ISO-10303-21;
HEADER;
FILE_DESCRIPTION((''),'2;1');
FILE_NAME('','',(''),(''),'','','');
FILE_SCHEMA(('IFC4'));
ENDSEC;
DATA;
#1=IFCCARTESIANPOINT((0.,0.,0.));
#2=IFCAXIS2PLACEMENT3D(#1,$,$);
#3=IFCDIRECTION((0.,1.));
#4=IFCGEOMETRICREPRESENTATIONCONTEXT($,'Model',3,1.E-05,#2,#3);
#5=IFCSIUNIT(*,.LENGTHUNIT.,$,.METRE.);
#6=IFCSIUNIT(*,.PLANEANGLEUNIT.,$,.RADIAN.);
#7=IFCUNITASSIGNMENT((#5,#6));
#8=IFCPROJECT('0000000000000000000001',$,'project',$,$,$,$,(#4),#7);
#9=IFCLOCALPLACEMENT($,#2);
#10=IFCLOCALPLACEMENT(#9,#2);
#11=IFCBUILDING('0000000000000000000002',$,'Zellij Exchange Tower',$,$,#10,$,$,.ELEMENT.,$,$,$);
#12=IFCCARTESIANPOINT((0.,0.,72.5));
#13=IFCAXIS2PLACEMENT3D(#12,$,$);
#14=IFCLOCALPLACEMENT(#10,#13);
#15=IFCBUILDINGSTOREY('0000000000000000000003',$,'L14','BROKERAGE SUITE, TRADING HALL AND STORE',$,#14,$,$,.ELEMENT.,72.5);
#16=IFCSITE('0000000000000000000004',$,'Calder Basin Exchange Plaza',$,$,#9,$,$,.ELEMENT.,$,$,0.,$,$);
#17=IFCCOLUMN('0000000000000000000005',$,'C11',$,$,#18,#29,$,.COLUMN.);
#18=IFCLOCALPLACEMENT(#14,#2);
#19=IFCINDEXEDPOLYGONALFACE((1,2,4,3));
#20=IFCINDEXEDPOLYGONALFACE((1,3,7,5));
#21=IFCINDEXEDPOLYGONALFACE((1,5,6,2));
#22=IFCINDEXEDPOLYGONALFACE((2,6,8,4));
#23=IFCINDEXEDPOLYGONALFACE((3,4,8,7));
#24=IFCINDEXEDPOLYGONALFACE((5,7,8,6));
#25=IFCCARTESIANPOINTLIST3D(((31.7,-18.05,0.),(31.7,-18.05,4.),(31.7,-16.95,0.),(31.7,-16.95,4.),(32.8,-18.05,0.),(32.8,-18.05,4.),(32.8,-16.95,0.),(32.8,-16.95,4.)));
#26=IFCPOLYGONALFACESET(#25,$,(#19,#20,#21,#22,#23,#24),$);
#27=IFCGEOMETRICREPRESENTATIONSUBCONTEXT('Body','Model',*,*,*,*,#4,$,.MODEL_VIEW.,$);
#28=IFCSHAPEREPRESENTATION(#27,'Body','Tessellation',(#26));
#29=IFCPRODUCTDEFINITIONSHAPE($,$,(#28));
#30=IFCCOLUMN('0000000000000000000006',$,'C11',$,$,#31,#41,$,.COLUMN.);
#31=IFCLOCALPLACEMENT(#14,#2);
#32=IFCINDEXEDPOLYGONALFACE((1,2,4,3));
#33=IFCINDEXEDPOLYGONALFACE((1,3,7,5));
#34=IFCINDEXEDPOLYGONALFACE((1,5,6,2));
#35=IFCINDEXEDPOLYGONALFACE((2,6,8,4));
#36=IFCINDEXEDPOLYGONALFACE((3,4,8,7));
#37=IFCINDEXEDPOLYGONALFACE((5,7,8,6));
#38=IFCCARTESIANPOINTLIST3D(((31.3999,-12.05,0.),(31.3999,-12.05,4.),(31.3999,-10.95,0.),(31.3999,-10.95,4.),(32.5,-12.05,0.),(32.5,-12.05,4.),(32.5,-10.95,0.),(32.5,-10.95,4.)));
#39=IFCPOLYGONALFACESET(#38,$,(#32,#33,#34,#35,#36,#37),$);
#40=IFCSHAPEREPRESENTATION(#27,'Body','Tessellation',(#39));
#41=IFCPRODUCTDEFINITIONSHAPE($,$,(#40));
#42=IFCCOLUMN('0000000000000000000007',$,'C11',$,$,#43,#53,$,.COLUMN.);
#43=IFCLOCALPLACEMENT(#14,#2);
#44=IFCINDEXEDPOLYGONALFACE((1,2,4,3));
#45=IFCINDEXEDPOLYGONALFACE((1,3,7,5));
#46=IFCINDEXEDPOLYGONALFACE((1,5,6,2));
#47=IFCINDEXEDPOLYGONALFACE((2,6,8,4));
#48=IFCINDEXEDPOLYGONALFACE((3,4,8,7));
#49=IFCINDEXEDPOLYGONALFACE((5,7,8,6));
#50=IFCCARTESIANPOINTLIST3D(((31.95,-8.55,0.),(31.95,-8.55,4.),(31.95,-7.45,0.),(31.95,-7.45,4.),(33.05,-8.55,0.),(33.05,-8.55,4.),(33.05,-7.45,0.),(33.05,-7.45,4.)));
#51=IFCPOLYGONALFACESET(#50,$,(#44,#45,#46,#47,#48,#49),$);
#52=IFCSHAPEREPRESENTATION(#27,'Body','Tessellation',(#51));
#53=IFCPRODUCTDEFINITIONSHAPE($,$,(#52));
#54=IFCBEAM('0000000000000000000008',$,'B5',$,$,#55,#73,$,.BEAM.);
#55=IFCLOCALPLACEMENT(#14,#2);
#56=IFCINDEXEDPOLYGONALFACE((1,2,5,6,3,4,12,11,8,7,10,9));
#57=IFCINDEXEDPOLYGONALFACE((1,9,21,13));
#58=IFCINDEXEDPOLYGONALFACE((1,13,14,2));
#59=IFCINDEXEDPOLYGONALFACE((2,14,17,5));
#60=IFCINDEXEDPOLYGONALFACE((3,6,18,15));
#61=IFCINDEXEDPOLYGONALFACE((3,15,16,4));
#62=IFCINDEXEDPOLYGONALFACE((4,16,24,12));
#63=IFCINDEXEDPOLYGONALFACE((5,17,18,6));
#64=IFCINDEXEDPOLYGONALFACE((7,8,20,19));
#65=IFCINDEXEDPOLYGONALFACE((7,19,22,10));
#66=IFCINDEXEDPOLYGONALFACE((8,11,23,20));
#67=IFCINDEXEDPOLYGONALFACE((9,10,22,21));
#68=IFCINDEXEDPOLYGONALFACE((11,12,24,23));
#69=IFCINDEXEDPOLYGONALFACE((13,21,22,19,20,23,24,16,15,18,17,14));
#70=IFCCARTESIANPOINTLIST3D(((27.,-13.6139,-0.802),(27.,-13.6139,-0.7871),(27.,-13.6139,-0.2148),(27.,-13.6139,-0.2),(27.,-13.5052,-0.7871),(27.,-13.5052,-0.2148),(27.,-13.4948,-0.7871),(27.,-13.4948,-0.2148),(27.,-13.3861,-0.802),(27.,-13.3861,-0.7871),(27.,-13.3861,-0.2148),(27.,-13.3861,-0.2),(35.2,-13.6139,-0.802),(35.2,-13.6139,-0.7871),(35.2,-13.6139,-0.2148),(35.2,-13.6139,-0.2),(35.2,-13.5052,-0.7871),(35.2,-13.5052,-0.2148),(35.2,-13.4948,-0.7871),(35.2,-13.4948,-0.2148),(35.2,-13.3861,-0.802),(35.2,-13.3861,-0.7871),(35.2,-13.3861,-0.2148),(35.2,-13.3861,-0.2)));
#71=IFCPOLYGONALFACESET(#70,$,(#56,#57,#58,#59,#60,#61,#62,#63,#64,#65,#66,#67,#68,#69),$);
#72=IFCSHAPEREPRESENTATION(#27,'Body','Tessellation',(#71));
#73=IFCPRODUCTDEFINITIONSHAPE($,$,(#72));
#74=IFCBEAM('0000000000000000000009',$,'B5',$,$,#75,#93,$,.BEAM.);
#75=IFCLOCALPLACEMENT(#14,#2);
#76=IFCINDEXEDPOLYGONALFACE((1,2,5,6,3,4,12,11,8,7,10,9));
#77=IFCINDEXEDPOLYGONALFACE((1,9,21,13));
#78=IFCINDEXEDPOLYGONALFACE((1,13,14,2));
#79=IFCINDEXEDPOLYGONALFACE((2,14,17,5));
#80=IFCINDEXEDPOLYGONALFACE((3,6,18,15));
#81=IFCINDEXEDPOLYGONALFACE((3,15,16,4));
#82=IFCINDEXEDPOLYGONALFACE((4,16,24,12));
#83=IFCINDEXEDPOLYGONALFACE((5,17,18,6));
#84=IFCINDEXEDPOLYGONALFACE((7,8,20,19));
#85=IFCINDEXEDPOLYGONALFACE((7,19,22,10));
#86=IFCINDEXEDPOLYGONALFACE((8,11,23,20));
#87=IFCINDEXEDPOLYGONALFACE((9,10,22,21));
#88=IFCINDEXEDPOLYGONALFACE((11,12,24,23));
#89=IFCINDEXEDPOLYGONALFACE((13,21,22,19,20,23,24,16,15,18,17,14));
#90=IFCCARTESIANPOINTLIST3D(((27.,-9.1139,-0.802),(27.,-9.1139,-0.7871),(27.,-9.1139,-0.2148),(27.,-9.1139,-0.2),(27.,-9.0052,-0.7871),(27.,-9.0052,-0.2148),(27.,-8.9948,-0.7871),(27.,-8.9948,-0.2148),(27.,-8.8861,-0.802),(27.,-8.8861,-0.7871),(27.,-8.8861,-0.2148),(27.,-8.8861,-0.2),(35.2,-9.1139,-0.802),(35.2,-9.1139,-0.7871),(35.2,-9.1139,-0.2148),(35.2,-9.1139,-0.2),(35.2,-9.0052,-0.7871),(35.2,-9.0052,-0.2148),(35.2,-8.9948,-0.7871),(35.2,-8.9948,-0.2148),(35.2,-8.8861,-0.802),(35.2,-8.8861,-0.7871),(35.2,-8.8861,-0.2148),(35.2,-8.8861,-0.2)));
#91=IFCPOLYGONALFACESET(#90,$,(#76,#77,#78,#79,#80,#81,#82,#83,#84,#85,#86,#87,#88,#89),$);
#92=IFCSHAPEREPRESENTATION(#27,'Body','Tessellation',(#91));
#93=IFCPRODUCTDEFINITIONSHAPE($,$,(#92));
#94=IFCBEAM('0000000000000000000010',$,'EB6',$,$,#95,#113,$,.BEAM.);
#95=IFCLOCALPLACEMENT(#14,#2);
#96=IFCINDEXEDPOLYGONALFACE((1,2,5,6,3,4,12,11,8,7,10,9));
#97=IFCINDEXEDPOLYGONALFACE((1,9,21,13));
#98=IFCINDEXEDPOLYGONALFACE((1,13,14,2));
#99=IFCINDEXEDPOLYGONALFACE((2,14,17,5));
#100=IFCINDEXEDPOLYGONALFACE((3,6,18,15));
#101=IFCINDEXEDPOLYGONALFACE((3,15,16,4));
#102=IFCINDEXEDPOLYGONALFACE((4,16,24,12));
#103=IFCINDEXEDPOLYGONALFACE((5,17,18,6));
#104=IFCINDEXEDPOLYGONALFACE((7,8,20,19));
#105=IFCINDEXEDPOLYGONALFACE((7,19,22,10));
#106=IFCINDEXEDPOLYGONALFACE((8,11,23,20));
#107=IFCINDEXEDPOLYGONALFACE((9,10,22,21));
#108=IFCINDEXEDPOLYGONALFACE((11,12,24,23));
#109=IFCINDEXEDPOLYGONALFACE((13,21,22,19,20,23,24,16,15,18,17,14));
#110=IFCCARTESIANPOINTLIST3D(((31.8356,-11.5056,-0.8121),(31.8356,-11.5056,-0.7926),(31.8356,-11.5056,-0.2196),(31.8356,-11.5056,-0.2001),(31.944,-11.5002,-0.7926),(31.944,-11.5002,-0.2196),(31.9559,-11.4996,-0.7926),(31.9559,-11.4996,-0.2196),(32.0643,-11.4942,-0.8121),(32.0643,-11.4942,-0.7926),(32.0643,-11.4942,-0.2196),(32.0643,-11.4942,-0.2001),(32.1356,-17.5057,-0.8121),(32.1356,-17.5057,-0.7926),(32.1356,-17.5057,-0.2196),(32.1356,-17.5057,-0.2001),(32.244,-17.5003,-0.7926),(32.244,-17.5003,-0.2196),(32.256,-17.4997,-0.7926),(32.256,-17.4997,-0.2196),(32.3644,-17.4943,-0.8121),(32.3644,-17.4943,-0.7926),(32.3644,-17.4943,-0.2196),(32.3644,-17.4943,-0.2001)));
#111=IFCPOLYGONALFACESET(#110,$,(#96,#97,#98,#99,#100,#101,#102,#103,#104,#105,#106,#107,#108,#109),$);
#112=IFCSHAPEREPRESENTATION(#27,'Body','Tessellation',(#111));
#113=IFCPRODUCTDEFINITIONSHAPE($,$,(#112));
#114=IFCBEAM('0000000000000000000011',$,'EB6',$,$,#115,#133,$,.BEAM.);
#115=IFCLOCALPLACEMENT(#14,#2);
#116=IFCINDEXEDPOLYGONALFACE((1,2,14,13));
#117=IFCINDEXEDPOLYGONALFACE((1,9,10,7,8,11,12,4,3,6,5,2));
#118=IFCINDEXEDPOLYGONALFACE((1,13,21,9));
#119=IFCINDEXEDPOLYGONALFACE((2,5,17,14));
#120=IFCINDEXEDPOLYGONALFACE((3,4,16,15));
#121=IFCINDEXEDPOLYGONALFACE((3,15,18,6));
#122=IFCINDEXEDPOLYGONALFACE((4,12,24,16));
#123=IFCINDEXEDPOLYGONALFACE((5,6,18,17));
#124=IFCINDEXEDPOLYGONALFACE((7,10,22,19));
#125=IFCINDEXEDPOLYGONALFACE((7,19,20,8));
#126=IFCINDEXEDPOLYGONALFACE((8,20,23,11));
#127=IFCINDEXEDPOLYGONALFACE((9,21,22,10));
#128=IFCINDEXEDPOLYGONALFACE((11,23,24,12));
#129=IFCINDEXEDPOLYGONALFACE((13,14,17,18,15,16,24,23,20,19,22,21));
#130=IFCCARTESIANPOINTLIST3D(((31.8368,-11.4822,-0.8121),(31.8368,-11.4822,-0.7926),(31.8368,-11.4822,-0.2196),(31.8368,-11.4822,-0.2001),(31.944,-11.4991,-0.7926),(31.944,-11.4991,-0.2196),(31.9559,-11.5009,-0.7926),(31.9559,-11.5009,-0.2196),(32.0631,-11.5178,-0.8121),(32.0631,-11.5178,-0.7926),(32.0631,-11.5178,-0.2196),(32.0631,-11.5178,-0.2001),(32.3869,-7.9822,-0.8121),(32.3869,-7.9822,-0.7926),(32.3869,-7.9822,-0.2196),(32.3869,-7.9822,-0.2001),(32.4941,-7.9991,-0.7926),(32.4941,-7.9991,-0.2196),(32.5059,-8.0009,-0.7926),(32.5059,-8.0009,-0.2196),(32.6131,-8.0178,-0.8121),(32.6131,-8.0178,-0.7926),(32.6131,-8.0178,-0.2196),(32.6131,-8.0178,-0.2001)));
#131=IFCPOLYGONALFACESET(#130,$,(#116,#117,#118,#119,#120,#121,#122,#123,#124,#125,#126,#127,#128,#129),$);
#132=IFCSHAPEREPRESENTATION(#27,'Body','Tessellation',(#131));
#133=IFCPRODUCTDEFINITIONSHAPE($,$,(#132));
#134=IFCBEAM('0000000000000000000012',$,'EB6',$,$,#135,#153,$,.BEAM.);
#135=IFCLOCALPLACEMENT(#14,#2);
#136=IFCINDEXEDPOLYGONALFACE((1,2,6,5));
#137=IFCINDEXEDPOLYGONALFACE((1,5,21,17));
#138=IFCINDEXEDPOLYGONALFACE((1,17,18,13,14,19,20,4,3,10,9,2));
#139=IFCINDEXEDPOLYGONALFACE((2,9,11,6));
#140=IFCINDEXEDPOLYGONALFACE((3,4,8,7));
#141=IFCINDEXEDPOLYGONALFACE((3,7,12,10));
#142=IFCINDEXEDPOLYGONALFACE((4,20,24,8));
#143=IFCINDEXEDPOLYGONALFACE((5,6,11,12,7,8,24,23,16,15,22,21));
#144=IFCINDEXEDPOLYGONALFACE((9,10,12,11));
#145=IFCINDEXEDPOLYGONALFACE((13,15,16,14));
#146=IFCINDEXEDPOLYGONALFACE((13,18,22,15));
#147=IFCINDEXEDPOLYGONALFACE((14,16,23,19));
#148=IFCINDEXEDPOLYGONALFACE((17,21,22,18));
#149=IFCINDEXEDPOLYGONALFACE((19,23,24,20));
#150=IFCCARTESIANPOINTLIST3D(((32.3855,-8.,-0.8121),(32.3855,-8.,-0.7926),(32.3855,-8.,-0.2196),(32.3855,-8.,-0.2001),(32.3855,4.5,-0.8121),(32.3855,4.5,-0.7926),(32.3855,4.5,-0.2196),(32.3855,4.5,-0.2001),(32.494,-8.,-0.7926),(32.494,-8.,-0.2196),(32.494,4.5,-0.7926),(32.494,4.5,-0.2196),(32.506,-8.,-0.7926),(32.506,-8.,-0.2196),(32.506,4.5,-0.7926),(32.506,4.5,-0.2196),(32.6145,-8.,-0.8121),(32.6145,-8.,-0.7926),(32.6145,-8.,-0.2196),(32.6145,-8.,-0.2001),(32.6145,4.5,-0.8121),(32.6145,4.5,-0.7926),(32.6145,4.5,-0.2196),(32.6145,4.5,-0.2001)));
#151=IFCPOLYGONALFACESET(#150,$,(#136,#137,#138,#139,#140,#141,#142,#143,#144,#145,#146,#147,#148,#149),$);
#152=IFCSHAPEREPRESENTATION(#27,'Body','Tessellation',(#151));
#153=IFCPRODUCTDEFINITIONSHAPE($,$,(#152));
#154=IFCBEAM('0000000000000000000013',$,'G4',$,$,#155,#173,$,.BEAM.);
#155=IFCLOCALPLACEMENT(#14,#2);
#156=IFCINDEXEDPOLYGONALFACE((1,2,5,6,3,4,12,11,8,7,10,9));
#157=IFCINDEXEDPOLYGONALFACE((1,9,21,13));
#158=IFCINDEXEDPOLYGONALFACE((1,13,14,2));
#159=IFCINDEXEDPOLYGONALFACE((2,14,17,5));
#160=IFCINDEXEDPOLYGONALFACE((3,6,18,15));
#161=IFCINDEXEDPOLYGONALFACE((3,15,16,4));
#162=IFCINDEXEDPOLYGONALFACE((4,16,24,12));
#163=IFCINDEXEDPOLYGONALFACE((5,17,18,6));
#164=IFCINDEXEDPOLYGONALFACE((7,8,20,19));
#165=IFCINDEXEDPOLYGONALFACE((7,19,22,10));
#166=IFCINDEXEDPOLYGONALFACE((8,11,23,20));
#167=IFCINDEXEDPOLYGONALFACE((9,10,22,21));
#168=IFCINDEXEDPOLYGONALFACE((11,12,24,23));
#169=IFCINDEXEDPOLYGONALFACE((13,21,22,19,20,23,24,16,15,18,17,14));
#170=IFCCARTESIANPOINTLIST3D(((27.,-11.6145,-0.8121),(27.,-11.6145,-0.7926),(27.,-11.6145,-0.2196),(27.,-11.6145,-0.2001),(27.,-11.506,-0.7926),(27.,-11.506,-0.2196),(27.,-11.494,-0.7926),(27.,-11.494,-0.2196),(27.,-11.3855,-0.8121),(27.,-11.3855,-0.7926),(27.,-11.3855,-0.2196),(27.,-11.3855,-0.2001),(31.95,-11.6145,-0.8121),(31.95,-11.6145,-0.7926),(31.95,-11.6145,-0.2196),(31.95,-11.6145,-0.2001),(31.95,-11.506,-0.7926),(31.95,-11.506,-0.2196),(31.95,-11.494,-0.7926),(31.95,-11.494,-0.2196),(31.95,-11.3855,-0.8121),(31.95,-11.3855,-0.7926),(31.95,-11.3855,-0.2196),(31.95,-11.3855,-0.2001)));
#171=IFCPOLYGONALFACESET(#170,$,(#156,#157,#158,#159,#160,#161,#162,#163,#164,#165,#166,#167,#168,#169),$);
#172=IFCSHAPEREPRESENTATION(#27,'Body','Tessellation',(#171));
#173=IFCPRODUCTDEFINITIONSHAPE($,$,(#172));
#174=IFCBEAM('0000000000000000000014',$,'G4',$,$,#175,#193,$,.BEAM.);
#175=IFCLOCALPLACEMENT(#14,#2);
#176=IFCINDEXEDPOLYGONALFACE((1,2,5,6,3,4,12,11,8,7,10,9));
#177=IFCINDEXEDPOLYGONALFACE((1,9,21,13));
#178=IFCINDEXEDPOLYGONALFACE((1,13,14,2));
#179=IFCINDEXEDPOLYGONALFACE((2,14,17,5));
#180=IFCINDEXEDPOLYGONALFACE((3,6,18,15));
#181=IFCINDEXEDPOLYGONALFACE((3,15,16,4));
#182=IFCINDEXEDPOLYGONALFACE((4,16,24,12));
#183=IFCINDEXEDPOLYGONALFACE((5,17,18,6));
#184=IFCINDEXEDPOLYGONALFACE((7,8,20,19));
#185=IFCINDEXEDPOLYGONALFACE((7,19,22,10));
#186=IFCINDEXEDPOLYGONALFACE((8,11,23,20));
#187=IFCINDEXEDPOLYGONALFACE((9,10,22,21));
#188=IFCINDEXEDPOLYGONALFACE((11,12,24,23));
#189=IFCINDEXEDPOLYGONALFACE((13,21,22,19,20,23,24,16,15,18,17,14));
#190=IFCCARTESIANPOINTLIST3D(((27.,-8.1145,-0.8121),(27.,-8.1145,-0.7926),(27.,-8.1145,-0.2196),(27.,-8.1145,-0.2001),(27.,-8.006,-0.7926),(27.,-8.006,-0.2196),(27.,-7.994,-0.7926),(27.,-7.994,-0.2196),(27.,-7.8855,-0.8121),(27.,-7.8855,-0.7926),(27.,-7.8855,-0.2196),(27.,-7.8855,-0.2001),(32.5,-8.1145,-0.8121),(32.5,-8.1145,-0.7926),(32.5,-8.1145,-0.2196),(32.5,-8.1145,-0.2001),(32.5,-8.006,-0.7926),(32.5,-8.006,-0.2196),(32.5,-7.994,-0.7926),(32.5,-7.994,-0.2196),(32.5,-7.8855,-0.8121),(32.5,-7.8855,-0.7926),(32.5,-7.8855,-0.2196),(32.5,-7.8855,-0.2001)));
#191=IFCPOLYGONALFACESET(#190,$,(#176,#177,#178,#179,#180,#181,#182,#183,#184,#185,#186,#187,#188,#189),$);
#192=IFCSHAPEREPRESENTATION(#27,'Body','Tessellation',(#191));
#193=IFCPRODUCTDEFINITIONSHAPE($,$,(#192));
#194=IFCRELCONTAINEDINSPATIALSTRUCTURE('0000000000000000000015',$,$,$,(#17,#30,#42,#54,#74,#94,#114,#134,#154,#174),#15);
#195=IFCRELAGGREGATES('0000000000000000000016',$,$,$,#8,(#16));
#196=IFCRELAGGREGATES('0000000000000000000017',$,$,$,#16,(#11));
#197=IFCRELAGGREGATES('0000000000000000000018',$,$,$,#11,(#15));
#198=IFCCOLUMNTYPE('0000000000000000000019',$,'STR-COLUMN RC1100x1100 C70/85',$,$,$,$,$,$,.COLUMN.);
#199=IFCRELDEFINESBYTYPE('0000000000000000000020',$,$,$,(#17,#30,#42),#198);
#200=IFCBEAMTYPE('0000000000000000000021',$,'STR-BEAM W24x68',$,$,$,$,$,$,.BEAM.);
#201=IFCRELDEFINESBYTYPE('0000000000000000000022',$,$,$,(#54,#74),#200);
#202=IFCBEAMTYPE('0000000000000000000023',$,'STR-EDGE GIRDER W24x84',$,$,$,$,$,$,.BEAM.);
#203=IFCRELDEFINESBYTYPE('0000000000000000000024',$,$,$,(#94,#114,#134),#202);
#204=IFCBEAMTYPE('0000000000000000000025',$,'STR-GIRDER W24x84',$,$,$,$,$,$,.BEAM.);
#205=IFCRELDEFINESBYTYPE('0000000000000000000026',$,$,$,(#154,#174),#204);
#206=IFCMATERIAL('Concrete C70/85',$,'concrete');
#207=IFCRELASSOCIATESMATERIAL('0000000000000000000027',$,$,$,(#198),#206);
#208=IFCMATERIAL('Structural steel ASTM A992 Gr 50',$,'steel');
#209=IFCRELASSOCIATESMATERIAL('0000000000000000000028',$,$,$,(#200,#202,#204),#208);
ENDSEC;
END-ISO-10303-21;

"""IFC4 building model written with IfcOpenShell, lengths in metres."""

from ifc_helpers import new_model, si_unit, direction, frame, origin, origin_2d, place, context, subcontext, project, spatial, rectangle, i_section, extrude, material, material_profile, profile_set, type_object, element, save


model = new_model("IFC4")

# Units and contexts
model_context = context("Model", 3, precision=1e-05, world=origin(), true_north=direction((0.0, 1.0)))
body_context = subcontext(model_context, "Body", "Model", "MODEL_VIEW")
ifc_project = project(units=[si_unit("LENGTHUNIT", "METRE"), si_unit("PLANEANGLEUNIT", "RADIAN")], contexts=[model_context])

# Site, building, storey
site_placement = place(None, origin())
site = spatial("IfcSite", under=ifc_project, at=site_placement, Name="Calder Basin Exchange Plaza", CompositionType="ELEMENT", RefElevation=0.0)
building_placement = place(site_placement, origin())
building = spatial("IfcBuilding", under=site, at=building_placement, Name="Zellij Exchange Tower", CompositionType="ELEMENT")
storey_placement = place(building_placement, frame((0.0, 0.0, 72.5)))
storey = spatial("IfcBuildingStorey", under=building, at=storey_placement, Name="L14", Description="BROKERAGE SUITE, TRADING HALL AND STORE", CompositionType="ELEMENT", Elevation=72.5)

# Columns
ifc_material_1 = material(Name="Concrete C70/85", Category="concrete")
ifc_material_profile_1 = material_profile(ifc_material_1, rectangle(XDim=1.1001, YDim=1.1001, at=origin_2d()), Name="STR-COLUMN RC1100x1100 C70/85")
ifc_profile_set_1 = profile_set([ifc_material_profile_1], Name="Concrete C70/85")
column_type = type_object("IfcColumnType", Name="STR-COLUMN RC1100x1100 C70/85", PredefinedType="COLUMN", material=ifc_profile_set_1)
for number, where, z_axis, x_axis, name in (
    (1, (32.25, -17.5, 0.0), (0.0, 0.0, 1.0), (1.0, 0.0, 0.0), "C11"),
    (2, (31.95, -11.5, 0.0), (0.0, 0.0, 1.0), (1.0, 0.0, 0.0), "C11"),
    (3, (32.5, -8.0, 0.0), (0.0, 0.0, 1.0), (1.0, 0.0, 0.0), "C11"),
):
    element("IfcColumn", number, at=place(storey_placement, frame(where, z_axis=z_axis, x_axis=x_axis)), inside=storey, type_object=column_type, Name=name, PredefinedType="COLUMN", context=body_context, shape_type="SweptSolid", body=[
        extrude(rectangle(XDim=1.1001, YDim=1.1001, at=origin_2d()), origin(), (0.0, 0.0, 1.0), 4.0),
    ])

# Beams
ifc_material_2 = material(Name="Structural steel ASTM A992 Gr 50", Category="steel")
ifc_material_profile_2 = material_profile(ifc_material_2, i_section(OverallWidth=0.2278, OverallDepth=0.6021, WebThickness=0.0105, FlangeThickness=0.0149, at=origin_2d()), Name="W24x68")
ifc_profile_set_2 = profile_set([ifc_material_profile_2], Name="Structural steel ASTM A992 Gr 50")
beam_type_1 = type_object("IfcBeamType", Name="STR-BEAM W24x68", PredefinedType="BEAM", material=ifc_profile_set_2)
for number, where, z_axis, x_axis, name in (
    (4, (27.0, -13.5, -0.501), (1.0, 0.0, 0.0), (0.0, 1.0, 0.0), "B5"),
    (5, (27.0, -9.0, -0.501), (1.0, 0.0, 0.0), (0.0, 1.0, 0.0), "B5"),
):
    element("IfcBeam", number, at=place(storey_placement, frame(where, z_axis=z_axis, x_axis=x_axis)), inside=storey, type_object=beam_type_1, Name=name, PredefinedType="BEAM", context=body_context, shape_type="SweptSolid", body=[
        extrude(i_section(OverallWidth=0.2278, OverallDepth=0.6021, WebThickness=0.0105, FlangeThickness=0.0149, at=origin_2d()), origin(), (0.0, 0.0, 1.0), 8.2),
    ])
ifc_material_profile_3 = material_profile(ifc_material_2, i_section(OverallWidth=0.229, OverallDepth=0.6121, WebThickness=0.012, FlangeThickness=0.0195, at=origin_2d()), Name="W24x84")
ifc_profile_set_3 = profile_set([ifc_material_profile_3], Name="Structural steel ASTM A992 Gr 50")
beam_type_2 = type_object("IfcBeamType", Name="STR-EDGE GIRDER W24x84", PredefinedType="BEAM", material=ifc_profile_set_3)
beam_1_placement = place(storey_placement, frame((32.25, -17.5, -0.5061), z_axis=(-0.049946, 0.998752, 0.0), x_axis=(-0.998752, -0.049946, 0.0)))
element("IfcBeam", 6, at=beam_1_placement, inside=storey, type_object=beam_type_2, Name="EB6", PredefinedType="BEAM", context=body_context, shape_type="SweptSolid", body=[
    extrude(i_section(OverallWidth=0.229, OverallDepth=0.6121, WebThickness=0.012, FlangeThickness=0.0195, at=origin_2d()), origin(), (0.0, 0.0, 1.0), 6.0076),
])
beam_2_placement = place(storey_placement, frame((31.95, -11.5, -0.5061), z_axis=(0.155251, 0.987875, 0.0), x_axis=(-0.987875, 0.155251, 0.0)))
element("IfcBeam", 7, at=beam_2_placement, inside=storey, type_object=beam_type_2, Name="EB6", PredefinedType="BEAM", context=body_context, shape_type="SweptSolid", body=[
    extrude(i_section(OverallWidth=0.229, OverallDepth=0.6121, WebThickness=0.012, FlangeThickness=0.0195, at=origin_2d()), origin(), (0.0, 0.0, 1.0), 3.543),
])
beam_3_placement = place(storey_placement, frame((32.5, -8.0, -0.5061), z_axis=(0.0, 1.0, 0.0), x_axis=(-1.0, 0.0, 0.0)))
element("IfcBeam", 8, at=beam_3_placement, inside=storey, type_object=beam_type_2, Name="EB6", PredefinedType="BEAM", context=body_context, shape_type="SweptSolid", body=[
    extrude(i_section(OverallWidth=0.229, OverallDepth=0.6121, WebThickness=0.012, FlangeThickness=0.0195, at=origin_2d()), origin(), (0.0, 0.0, 1.0), 12.5),
])
ifc_material_profile_4 = material_profile(ifc_material_2, i_section(OverallWidth=0.229, OverallDepth=0.6121, WebThickness=0.012, FlangeThickness=0.0195, at=origin_2d()), Name="W24x84")
ifc_profile_set_4 = profile_set([ifc_material_profile_4], Name="Structural steel ASTM A992 Gr 50")
beam_type_3 = type_object("IfcBeamType", Name="STR-GIRDER W24x84", PredefinedType="BEAM", material=ifc_profile_set_4)
beam_4_placement = place(storey_placement, frame((27.0, -11.5, -0.5061), z_axis=(1.0, 0.0, 0.0), x_axis=(0.0, 1.0, 0.0)))
element("IfcBeam", 9, at=beam_4_placement, inside=storey, type_object=beam_type_3, Name="G4", PredefinedType="BEAM", context=body_context, shape_type="SweptSolid", body=[
    extrude(i_section(OverallWidth=0.229, OverallDepth=0.6121, WebThickness=0.012, FlangeThickness=0.0195, at=origin_2d()), origin(), (0.0, 0.0, 1.0), 4.95),
])
beam_5_placement = place(storey_placement, frame((27.0, -8.0, -0.5061), z_axis=(1.0, 0.0, 0.0), x_axis=(0.0, 1.0, 0.0)))
element("IfcBeam", 10, at=beam_5_placement, inside=storey, type_object=beam_type_3, Name="G4", PredefinedType="BEAM", context=body_context, shape_type="SweptSolid", body=[
    extrude(i_section(OverallWidth=0.229, OverallDepth=0.6121, WebThickness=0.012, FlangeThickness=0.0195, at=origin_2d()), origin(), (0.0, 0.0, 1.0), 5.5),
])

save(model, "model.ifc")
